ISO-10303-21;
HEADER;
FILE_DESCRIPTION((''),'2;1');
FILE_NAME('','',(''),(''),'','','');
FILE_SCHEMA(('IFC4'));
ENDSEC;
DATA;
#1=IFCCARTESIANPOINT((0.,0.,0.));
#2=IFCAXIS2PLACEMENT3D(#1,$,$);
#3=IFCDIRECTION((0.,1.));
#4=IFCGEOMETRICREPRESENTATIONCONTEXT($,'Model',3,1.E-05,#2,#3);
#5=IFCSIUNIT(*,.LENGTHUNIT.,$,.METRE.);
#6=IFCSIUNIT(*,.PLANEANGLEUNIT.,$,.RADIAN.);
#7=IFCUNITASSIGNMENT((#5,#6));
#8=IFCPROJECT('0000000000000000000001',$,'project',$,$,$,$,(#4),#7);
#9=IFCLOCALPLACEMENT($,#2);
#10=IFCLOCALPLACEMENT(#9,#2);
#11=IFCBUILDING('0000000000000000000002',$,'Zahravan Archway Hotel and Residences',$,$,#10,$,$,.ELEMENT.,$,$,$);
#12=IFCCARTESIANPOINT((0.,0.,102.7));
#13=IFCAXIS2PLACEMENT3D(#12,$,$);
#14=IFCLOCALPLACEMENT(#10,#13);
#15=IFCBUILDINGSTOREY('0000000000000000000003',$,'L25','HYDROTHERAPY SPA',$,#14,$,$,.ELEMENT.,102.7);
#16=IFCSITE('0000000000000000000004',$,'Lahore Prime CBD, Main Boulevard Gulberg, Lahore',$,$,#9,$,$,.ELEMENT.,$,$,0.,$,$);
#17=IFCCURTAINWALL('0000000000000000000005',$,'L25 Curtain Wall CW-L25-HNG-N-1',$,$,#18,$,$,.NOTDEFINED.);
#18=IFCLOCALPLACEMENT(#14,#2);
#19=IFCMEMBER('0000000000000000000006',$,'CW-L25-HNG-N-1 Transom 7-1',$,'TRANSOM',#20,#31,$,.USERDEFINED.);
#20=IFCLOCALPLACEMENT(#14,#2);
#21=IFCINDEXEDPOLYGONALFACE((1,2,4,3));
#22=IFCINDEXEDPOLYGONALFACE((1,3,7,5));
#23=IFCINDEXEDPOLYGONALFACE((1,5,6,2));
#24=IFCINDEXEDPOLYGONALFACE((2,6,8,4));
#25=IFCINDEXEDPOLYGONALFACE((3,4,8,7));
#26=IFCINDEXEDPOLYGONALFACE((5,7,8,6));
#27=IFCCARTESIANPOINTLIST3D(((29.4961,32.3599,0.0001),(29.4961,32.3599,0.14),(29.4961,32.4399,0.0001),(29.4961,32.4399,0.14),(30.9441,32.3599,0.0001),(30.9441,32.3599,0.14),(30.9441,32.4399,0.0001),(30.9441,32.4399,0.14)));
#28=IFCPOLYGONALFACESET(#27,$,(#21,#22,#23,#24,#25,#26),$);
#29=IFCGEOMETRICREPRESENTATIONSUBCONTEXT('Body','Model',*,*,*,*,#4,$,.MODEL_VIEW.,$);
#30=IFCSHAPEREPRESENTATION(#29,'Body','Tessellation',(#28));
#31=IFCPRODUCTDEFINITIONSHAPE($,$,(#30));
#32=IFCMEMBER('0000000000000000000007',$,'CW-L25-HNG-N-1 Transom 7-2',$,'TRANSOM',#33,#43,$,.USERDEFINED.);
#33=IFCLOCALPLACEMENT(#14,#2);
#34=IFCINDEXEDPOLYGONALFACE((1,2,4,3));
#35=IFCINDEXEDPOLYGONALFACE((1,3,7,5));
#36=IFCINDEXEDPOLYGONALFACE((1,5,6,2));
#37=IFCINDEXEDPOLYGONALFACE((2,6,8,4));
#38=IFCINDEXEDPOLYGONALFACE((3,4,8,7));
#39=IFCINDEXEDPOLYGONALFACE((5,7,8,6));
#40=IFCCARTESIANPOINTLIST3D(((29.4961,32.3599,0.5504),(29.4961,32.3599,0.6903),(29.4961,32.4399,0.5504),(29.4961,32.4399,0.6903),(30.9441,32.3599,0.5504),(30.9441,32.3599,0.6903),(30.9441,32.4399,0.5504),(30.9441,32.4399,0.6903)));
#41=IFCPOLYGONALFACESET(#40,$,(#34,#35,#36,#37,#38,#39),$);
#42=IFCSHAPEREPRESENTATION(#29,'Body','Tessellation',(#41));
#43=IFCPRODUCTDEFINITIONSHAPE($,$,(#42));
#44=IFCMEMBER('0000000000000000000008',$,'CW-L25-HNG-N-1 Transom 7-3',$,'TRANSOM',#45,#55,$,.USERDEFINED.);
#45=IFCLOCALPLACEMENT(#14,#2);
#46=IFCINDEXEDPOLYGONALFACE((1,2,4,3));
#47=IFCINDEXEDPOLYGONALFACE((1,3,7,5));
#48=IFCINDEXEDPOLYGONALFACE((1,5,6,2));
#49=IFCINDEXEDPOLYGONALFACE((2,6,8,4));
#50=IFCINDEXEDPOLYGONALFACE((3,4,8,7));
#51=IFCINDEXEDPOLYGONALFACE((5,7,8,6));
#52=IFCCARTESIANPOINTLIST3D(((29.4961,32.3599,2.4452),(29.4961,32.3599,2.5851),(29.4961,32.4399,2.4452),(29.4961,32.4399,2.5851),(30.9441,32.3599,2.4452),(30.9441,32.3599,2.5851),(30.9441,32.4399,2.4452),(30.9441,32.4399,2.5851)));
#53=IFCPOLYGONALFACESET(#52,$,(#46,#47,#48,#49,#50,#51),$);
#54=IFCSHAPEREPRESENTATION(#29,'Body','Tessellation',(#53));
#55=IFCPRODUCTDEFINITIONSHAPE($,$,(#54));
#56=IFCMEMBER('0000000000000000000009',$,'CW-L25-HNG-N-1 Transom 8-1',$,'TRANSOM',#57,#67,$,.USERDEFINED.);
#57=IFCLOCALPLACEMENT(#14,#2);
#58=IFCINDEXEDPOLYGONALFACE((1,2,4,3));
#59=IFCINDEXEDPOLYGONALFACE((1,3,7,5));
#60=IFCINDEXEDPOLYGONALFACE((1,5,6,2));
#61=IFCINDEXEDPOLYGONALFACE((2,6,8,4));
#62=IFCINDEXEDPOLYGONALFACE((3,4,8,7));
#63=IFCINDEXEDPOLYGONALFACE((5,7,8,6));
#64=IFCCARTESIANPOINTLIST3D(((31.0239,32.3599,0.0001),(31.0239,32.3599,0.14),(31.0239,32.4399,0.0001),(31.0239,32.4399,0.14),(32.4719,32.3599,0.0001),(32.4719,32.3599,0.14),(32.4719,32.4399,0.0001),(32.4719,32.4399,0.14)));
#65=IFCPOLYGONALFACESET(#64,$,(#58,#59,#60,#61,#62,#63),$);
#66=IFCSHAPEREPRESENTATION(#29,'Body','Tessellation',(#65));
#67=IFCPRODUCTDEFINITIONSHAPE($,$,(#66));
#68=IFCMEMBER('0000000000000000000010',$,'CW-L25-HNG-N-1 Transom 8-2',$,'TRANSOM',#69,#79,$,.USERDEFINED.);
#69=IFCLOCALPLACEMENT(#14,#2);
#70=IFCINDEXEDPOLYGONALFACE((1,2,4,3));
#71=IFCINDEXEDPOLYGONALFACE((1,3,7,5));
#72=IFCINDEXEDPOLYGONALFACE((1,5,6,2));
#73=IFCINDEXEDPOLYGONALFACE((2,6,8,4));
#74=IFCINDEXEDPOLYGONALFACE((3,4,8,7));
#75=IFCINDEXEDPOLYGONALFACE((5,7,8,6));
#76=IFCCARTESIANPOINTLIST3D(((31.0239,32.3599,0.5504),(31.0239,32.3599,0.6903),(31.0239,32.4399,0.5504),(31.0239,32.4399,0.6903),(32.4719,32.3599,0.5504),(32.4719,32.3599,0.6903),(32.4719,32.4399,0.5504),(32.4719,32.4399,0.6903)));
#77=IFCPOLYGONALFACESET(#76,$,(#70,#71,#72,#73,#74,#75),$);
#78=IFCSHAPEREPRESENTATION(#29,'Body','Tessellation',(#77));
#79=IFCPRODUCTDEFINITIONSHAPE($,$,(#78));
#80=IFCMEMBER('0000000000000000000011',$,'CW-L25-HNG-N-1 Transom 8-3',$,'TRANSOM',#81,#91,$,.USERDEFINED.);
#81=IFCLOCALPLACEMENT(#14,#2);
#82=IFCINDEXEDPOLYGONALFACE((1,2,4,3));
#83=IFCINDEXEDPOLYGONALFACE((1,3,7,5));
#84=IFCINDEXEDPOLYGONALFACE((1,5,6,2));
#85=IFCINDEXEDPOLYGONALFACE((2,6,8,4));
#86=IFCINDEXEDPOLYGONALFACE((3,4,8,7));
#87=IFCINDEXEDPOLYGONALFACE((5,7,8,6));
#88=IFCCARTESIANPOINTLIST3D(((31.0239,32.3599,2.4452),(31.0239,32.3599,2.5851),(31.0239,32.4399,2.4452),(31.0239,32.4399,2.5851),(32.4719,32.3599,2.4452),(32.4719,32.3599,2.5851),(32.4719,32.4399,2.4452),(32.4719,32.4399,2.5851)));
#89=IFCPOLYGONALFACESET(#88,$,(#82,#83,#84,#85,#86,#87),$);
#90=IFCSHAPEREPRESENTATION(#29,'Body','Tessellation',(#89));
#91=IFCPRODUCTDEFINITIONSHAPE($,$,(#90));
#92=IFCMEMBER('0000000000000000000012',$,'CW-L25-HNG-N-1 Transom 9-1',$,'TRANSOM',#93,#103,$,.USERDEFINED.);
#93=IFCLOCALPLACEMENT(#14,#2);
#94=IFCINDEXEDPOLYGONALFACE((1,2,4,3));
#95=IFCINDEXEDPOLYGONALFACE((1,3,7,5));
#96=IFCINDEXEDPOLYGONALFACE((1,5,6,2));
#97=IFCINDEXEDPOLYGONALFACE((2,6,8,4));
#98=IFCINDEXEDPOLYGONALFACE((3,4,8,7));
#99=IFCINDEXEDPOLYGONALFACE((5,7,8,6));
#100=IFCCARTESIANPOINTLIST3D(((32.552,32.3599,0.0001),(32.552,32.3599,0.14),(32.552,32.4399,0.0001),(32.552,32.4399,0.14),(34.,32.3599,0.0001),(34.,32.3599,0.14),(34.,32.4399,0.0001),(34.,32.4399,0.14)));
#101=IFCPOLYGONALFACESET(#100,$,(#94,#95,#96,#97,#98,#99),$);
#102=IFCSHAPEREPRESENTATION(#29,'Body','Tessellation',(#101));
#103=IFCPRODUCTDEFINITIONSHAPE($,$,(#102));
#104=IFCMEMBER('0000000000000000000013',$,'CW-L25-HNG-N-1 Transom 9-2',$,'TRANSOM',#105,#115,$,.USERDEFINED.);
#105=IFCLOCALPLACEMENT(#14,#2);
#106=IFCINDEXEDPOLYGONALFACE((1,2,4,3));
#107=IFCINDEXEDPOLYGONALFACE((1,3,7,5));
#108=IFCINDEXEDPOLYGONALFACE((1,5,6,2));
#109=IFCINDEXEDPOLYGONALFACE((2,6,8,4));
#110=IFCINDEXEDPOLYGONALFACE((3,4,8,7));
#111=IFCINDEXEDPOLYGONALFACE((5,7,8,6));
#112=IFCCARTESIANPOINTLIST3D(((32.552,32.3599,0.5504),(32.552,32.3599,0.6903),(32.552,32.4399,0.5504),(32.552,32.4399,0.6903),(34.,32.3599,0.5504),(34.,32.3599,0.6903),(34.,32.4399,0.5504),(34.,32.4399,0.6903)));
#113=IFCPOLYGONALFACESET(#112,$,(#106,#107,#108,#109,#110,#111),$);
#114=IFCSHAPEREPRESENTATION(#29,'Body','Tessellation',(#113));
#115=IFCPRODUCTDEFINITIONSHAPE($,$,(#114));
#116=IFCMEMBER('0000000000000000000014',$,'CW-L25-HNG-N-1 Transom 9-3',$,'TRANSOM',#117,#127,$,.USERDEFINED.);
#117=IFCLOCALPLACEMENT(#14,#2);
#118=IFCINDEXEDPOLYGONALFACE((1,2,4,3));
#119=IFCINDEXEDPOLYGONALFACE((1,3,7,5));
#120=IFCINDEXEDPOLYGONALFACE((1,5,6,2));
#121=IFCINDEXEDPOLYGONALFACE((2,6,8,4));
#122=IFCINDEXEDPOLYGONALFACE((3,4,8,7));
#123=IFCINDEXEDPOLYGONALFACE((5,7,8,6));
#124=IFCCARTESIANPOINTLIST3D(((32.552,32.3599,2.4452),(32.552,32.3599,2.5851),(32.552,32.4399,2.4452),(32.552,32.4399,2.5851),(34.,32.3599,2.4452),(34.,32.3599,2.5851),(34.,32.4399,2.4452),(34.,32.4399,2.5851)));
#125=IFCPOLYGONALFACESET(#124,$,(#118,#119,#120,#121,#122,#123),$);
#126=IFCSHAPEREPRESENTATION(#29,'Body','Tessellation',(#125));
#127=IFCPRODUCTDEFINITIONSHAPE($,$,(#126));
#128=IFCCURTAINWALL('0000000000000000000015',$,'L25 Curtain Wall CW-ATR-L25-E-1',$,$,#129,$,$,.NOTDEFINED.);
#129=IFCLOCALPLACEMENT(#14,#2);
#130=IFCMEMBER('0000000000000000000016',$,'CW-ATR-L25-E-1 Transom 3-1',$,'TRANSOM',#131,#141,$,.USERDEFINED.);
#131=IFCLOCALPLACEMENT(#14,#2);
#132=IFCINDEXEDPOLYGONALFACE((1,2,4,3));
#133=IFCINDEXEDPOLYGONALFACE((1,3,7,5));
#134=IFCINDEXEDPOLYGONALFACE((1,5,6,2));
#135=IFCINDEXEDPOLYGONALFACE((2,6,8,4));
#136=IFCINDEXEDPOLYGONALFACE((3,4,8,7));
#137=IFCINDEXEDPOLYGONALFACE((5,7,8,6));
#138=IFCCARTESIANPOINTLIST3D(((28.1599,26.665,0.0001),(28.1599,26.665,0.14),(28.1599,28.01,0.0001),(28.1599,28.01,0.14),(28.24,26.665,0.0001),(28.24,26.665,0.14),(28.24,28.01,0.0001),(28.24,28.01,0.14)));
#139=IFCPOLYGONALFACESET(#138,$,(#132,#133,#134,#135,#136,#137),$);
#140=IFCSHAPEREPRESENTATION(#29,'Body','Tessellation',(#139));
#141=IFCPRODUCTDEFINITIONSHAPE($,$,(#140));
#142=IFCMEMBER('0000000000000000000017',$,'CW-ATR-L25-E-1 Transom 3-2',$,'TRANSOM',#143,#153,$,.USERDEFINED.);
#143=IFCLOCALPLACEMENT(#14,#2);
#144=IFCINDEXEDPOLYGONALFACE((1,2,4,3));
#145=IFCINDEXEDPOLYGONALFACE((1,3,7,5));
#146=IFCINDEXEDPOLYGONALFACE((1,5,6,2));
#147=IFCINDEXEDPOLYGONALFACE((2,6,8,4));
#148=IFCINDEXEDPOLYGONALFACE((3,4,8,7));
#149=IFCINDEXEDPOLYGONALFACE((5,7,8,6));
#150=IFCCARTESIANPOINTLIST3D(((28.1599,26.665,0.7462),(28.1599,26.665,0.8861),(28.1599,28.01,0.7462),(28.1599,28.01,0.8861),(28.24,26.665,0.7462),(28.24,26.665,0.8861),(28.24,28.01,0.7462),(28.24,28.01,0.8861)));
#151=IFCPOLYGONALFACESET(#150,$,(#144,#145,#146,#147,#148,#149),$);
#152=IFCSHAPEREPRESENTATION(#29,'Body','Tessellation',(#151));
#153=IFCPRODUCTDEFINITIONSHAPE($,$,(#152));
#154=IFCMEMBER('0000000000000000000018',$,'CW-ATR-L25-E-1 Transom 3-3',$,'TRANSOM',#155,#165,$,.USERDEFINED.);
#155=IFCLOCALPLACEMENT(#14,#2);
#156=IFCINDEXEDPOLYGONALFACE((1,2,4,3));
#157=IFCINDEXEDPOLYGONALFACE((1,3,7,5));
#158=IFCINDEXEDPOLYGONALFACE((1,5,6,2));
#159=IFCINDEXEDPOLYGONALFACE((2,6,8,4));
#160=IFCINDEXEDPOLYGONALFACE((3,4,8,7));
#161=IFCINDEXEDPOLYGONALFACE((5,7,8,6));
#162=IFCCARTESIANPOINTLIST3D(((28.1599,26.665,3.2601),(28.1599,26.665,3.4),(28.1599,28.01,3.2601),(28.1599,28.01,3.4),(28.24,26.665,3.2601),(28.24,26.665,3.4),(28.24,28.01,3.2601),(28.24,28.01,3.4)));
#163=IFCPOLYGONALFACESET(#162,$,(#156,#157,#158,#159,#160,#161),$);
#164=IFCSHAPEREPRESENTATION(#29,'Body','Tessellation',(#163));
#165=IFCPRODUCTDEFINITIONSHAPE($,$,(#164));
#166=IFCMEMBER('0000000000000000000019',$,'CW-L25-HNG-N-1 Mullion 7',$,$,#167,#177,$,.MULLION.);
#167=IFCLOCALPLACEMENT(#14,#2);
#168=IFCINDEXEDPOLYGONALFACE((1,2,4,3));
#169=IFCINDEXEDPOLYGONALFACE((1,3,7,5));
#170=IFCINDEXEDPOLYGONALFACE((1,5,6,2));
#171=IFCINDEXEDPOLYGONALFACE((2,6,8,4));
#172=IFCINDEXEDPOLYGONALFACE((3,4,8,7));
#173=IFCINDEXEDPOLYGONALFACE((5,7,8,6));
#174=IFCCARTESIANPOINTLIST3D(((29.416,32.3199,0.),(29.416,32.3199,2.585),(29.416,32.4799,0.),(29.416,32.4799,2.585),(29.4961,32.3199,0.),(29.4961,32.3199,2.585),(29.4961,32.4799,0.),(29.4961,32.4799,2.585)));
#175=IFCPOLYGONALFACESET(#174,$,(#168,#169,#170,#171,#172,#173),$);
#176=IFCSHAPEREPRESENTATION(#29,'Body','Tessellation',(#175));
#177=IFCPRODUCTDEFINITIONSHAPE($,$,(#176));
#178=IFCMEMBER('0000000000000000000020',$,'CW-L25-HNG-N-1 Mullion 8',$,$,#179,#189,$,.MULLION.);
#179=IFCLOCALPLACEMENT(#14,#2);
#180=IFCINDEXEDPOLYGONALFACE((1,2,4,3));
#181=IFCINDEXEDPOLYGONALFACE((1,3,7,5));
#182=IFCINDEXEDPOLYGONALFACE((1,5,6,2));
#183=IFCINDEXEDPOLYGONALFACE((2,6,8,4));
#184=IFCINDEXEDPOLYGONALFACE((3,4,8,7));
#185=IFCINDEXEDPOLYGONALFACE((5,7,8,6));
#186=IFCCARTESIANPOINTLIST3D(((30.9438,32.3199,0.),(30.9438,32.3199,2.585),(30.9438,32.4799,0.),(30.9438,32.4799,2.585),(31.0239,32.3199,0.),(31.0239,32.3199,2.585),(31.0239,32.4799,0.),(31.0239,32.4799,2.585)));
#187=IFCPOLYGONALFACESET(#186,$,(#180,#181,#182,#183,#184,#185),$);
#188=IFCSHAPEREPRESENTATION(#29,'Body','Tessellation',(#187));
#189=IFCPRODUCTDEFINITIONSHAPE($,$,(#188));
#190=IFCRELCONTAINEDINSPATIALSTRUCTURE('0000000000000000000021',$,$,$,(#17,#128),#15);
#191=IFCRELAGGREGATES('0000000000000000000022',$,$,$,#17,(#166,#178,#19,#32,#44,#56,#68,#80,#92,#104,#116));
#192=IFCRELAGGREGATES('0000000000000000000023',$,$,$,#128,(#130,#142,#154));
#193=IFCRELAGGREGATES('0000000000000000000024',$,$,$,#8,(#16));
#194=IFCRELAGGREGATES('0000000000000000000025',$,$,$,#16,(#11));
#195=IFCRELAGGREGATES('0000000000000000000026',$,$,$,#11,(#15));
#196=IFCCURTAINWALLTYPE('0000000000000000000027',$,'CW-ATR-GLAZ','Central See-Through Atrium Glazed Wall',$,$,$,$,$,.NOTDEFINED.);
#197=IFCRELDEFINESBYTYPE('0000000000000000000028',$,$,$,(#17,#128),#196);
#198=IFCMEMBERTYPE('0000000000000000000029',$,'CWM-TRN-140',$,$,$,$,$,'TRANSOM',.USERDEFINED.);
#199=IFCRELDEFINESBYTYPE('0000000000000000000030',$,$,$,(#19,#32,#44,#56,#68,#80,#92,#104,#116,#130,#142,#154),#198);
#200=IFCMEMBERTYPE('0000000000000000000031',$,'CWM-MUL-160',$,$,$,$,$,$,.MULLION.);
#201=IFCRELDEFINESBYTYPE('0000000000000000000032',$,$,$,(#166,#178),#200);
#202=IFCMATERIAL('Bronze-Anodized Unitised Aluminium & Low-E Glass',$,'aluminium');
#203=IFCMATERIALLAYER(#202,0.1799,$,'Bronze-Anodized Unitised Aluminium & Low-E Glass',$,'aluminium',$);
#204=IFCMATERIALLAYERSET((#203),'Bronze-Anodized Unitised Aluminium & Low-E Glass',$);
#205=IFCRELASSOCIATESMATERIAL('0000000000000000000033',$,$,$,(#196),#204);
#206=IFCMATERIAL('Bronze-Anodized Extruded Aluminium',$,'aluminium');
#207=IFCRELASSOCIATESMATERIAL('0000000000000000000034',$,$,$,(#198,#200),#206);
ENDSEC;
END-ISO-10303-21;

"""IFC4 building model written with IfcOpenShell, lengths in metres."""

from ifc_helpers import new_model, si_unit, direction, frame, origin, origin_2d, place, context, subcontext, project, spatial, rectangle, extrude, source, transform, mapped, material, layer, layer_set, material_profile, profile_set, type_object, element, aggregate, save


model = new_model("IFC4")

# Units and contexts
model_context = context("Model", 3, precision=1e-05, world=origin(), true_north=direction((0.0, 1.0)))
body_context = subcontext(model_context, "Body", "Model", "MODEL_VIEW")
ifc_project = project(units=[si_unit("LENGTHUNIT", "METRE"), si_unit("PLANEANGLEUNIT", "RADIAN")], contexts=[model_context])

# Site, building, storey
site_placement = place(None, origin())
site = spatial("IfcSite", under=ifc_project, at=site_placement, Name="Lahore Prime CBD, Main Boulevard Gulberg, Lahore", CompositionType="ELEMENT", RefElevation=0.0)
building_placement = place(site_placement, origin())
building = spatial("IfcBuilding", under=site, at=building_placement, Name="Zahravan Archway Hotel and Residences", CompositionType="ELEMENT")
storey_placement = place(building_placement, frame((0.0, 0.0, 102.7)))
storey = spatial("IfcBuildingStorey", under=building, at=storey_placement, Name="L25", Description="HYDROTHERAPY SPA", CompositionType="ELEMENT", Elevation=102.7)

# Curtain walls, members
ifc_material_1 = material(Name="Bronze-Anodized Unitised Aluminium & Low-E Glass", Category="aluminium")
ifc_layer_1 = layer(ifc_material_1, 0.1799, Name="Bronze-Anodized Unitised Aluminium & Low-E Glass", Category="aluminium")
ifc_layer_set_1 = layer_set([ifc_layer_1], Name="Bronze-Anodized Unitised Aluminium & Low-E Glass")
curtain_wall_type = type_object("IfcCurtainWallType", Name="CW-ATR-GLAZ", Description="Central See-Through Atrium Glazed Wall", PredefinedType="NOTDEFINED", material=ifc_layer_set_1)
curtain_wall_1_placement = place(storey_placement, origin())
curtain_wall_1 = element("IfcCurtainWall", 1, at=curtain_wall_1_placement, inside=storey, type_object=curtain_wall_type, Name="L25 Curtain Wall CW-L25-HNG-N-1", PredefinedType="NOTDEFINED")
ifc_material_2 = material(Name="Bronze-Anodized Extruded Aluminium", Category="aluminium")
ifc_material_profile_1 = material_profile(ifc_material_2, rectangle(XDim=0.0801, YDim=0.1399, at=origin_2d()), Name="TRN 80x140", Category="aluminium")
ifc_profile_set_1 = profile_set([ifc_material_profile_1], Name="Bronze-Anodized Extruded Aluminium")
member_type_1 = type_object("IfcMemberType", Name="CWM-TRN-140", ElementType="TRANSOM", PredefinedType="USERDEFINED", material=ifc_profile_set_1)
shared_shape_1 = source(origin(), body_context, "Body", "SweptSolid", [
    extrude(rectangle(XDim=0.0801, YDim=0.1399, at=origin_2d()), origin(), (0.0, 0.0, 1.0), 1.448),
])
member_1_placement = place(storey_placement, frame((29.4961, 32.3999, 0.0701), z_axis=(1.0, 0.0, 0.0), x_axis=(0.0, 1.0, 0.0)))
member_1 = element("IfcMember", 2, at=member_1_placement, type_object=member_type_1, Name="CW-L25-HNG-N-1 Transom 7-1", ObjectType="TRANSOM", PredefinedType="USERDEFINED", context=body_context, shape_type="MappedRepresentation", body=[
    mapped(shared_shape_1, transform((0.0, 0.0, 0.0), scale=1.0)),
])
member_2_placement = place(storey_placement, frame((29.4961, 32.3999, 0.6204), z_axis=(1.0, 0.0, 0.0), x_axis=(0.0, 1.0, 0.0)))
member_2 = element("IfcMember", 3, at=member_2_placement, type_object=member_type_1, Name="CW-L25-HNG-N-1 Transom 7-2", ObjectType="TRANSOM", PredefinedType="USERDEFINED", context=body_context, shape_type="MappedRepresentation", body=[
    mapped(shared_shape_1, transform((0.0, 0.0, 0.0), scale=1.0)),
])
member_3_placement = place(storey_placement, frame((29.4961, 32.3999, 2.5151), z_axis=(1.0, 0.0, 0.0), x_axis=(0.0, 1.0, 0.0)))
member_3 = element("IfcMember", 4, at=member_3_placement, type_object=member_type_1, Name="CW-L25-HNG-N-1 Transom 7-3", ObjectType="TRANSOM", PredefinedType="USERDEFINED", context=body_context, shape_type="MappedRepresentation", body=[
    mapped(shared_shape_1, transform((0.0, 0.0, 0.0), scale=1.0)),
])
member_4_placement = place(storey_placement, frame((31.0239, 32.3999, 0.0701), z_axis=(1.0, 0.0, 0.0), x_axis=(0.0, 1.0, 0.0)))
member_4 = element("IfcMember", 5, at=member_4_placement, type_object=member_type_1, Name="CW-L25-HNG-N-1 Transom 8-1", ObjectType="TRANSOM", PredefinedType="USERDEFINED", context=body_context, shape_type="MappedRepresentation", body=[
    mapped(shared_shape_1, transform((0.0, 0.0, 0.0), scale=1.0)),
])
member_5_placement = place(storey_placement, frame((31.0239, 32.3999, 0.6204), z_axis=(1.0, 0.0, 0.0), x_axis=(0.0, 1.0, 0.0)))
member_5 = element("IfcMember", 6, at=member_5_placement, type_object=member_type_1, Name="CW-L25-HNG-N-1 Transom 8-2", ObjectType="TRANSOM", PredefinedType="USERDEFINED", context=body_context, shape_type="MappedRepresentation", body=[
    mapped(shared_shape_1, transform((0.0, 0.0, 0.0), scale=1.0)),
])
member_6_placement = place(storey_placement, frame((31.0239, 32.3999, 2.5151), z_axis=(1.0, 0.0, 0.0), x_axis=(0.0, 1.0, 0.0)))
member_6 = element("IfcMember", 7, at=member_6_placement, type_object=member_type_1, Name="CW-L25-HNG-N-1 Transom 8-3", ObjectType="TRANSOM", PredefinedType="USERDEFINED", context=body_context, shape_type="MappedRepresentation", body=[
    mapped(shared_shape_1, transform((0.0, 0.0, 0.0), scale=1.0)),
])
member_7_placement = place(storey_placement, frame((32.552, 32.3999, 0.0701), z_axis=(1.0, 0.0, 0.0), x_axis=(0.0, 1.0, 0.0)))
member_7 = element("IfcMember", 8, at=member_7_placement, type_object=member_type_1, Name="CW-L25-HNG-N-1 Transom 9-1", ObjectType="TRANSOM", PredefinedType="USERDEFINED", context=body_context, shape_type="MappedRepresentation", body=[
    mapped(shared_shape_1, transform((0.0, 0.0, 0.0), scale=1.0)),
])
member_8_placement = place(storey_placement, frame((32.552, 32.3999, 0.6204), z_axis=(1.0, 0.0, 0.0), x_axis=(0.0, 1.0, 0.0)))
member_8 = element("IfcMember", 9, at=member_8_placement, type_object=member_type_1, Name="CW-L25-HNG-N-1 Transom 9-2", ObjectType="TRANSOM", PredefinedType="USERDEFINED", context=body_context, shape_type="MappedRepresentation", body=[
    mapped(shared_shape_1, transform((0.0, 0.0, 0.0), scale=1.0)),
])
member_9_placement = place(storey_placement, frame((32.552, 32.3999, 2.5151), z_axis=(1.0, 0.0, 0.0), x_axis=(0.0, 1.0, 0.0)))
member_9 = element("IfcMember", 10, at=member_9_placement, type_object=member_type_1, Name="CW-L25-HNG-N-1 Transom 9-3", ObjectType="TRANSOM", PredefinedType="USERDEFINED", context=body_context, shape_type="MappedRepresentation", body=[
    mapped(shared_shape_1, transform((0.0, 0.0, 0.0), scale=1.0)),
])
curtain_wall_2_placement = place(storey_placement, origin())
curtain_wall_2 = element("IfcCurtainWall", 11, at=curtain_wall_2_placement, inside=storey, type_object=curtain_wall_type, Name="L25 Curtain Wall CW-ATR-L25-E-1", PredefinedType="NOTDEFINED")
shared_shape_2 = source(origin(), body_context, "Body", "SweptSolid", [
    extrude(rectangle(XDim=0.0801, YDim=0.1399, at=origin_2d()), origin(), (0.0, 0.0, 1.0), 1.345),
])
member_10_placement = place(storey_placement, frame((28.2, 26.665, 0.0701), z_axis=(0.0, 1.0, 0.0), x_axis=(-1.0, 0.0, 0.0)))
member_10 = element("IfcMember", 12, at=member_10_placement, type_object=member_type_1, Name="CW-ATR-L25-E-1 Transom 3-1", ObjectType="TRANSOM", PredefinedType="USERDEFINED", context=body_context, shape_type="MappedRepresentation", body=[
    mapped(shared_shape_2, transform((0.0, 0.0, 0.0), scale=1.0)),
])
member_11_placement = place(storey_placement, frame((28.2, 26.665, 0.8162), z_axis=(0.0, 1.0, 0.0), x_axis=(-1.0, 0.0, 0.0)))
member_11 = element("IfcMember", 13, at=member_11_placement, type_object=member_type_1, Name="CW-ATR-L25-E-1 Transom 3-2", ObjectType="TRANSOM", PredefinedType="USERDEFINED", context=body_context, shape_type="MappedRepresentation", body=[
    mapped(shared_shape_2, transform((0.0, 0.0, 0.0), scale=1.0)),
])
member_12_placement = place(storey_placement, frame((28.2, 26.665, 3.3301), z_axis=(0.0, 1.0, 0.0), x_axis=(-1.0, 0.0, 0.0)))
member_12 = element("IfcMember", 14, at=member_12_placement, type_object=member_type_1, Name="CW-ATR-L25-E-1 Transom 3-3", ObjectType="TRANSOM", PredefinedType="USERDEFINED", context=body_context, shape_type="MappedRepresentation", body=[
    mapped(shared_shape_2, transform((0.0, 0.0, 0.0), scale=1.0)),
])

# Members
ifc_material_profile_2 = material_profile(ifc_material_2, rectangle(XDim=0.0801, YDim=0.1599, at=origin_2d()), Name="MUL 80x160", Category="aluminium")
ifc_profile_set_2 = profile_set([ifc_material_profile_2], Name="Bronze-Anodized Extruded Aluminium")
member_type_2 = type_object("IfcMemberType", Name="CWM-MUL-160", PredefinedType="MULLION", material=ifc_profile_set_2)
shared_shape_3 = source(origin(), body_context, "Body", "SweptSolid", [
    extrude(rectangle(XDim=0.0801, YDim=0.1599, at=origin_2d()), origin(), (0.0, 0.0, 1.0), 2.585),
])
member_13_placement = place(storey_placement, frame((29.4561, 32.3999, 0.0), z_axis=(0.0, 0.0, 1.0), x_axis=(1.0, 0.0, 0.0)))
member_13 = element("IfcMember", 15, at=member_13_placement, type_object=member_type_2, Name="CW-L25-HNG-N-1 Mullion 7", PredefinedType="MULLION", context=body_context, shape_type="MappedRepresentation", body=[
    mapped(shared_shape_3, transform((0.0, 0.0, 0.0), scale=1.0)),
])
member_14_placement = place(storey_placement, frame((30.9839, 32.3999, 0.0), z_axis=(0.0, 0.0, 1.0), x_axis=(1.0, 0.0, 0.0)))
member_14 = element("IfcMember", 16, at=member_14_placement, type_object=member_type_2, Name="CW-L25-HNG-N-1 Mullion 8", PredefinedType="MULLION", context=body_context, shape_type="MappedRepresentation", body=[
    mapped(shared_shape_3, transform((0.0, 0.0, 0.0), scale=1.0)),
])

aggregate(curtain_wall_1, [member_13, member_14, member_1, member_2, member_3, member_4, member_5, member_6, member_7, member_8, member_9])
aggregate(curtain_wall_2, [member_10, member_11, member_12])

save(model, "model.ifc")
